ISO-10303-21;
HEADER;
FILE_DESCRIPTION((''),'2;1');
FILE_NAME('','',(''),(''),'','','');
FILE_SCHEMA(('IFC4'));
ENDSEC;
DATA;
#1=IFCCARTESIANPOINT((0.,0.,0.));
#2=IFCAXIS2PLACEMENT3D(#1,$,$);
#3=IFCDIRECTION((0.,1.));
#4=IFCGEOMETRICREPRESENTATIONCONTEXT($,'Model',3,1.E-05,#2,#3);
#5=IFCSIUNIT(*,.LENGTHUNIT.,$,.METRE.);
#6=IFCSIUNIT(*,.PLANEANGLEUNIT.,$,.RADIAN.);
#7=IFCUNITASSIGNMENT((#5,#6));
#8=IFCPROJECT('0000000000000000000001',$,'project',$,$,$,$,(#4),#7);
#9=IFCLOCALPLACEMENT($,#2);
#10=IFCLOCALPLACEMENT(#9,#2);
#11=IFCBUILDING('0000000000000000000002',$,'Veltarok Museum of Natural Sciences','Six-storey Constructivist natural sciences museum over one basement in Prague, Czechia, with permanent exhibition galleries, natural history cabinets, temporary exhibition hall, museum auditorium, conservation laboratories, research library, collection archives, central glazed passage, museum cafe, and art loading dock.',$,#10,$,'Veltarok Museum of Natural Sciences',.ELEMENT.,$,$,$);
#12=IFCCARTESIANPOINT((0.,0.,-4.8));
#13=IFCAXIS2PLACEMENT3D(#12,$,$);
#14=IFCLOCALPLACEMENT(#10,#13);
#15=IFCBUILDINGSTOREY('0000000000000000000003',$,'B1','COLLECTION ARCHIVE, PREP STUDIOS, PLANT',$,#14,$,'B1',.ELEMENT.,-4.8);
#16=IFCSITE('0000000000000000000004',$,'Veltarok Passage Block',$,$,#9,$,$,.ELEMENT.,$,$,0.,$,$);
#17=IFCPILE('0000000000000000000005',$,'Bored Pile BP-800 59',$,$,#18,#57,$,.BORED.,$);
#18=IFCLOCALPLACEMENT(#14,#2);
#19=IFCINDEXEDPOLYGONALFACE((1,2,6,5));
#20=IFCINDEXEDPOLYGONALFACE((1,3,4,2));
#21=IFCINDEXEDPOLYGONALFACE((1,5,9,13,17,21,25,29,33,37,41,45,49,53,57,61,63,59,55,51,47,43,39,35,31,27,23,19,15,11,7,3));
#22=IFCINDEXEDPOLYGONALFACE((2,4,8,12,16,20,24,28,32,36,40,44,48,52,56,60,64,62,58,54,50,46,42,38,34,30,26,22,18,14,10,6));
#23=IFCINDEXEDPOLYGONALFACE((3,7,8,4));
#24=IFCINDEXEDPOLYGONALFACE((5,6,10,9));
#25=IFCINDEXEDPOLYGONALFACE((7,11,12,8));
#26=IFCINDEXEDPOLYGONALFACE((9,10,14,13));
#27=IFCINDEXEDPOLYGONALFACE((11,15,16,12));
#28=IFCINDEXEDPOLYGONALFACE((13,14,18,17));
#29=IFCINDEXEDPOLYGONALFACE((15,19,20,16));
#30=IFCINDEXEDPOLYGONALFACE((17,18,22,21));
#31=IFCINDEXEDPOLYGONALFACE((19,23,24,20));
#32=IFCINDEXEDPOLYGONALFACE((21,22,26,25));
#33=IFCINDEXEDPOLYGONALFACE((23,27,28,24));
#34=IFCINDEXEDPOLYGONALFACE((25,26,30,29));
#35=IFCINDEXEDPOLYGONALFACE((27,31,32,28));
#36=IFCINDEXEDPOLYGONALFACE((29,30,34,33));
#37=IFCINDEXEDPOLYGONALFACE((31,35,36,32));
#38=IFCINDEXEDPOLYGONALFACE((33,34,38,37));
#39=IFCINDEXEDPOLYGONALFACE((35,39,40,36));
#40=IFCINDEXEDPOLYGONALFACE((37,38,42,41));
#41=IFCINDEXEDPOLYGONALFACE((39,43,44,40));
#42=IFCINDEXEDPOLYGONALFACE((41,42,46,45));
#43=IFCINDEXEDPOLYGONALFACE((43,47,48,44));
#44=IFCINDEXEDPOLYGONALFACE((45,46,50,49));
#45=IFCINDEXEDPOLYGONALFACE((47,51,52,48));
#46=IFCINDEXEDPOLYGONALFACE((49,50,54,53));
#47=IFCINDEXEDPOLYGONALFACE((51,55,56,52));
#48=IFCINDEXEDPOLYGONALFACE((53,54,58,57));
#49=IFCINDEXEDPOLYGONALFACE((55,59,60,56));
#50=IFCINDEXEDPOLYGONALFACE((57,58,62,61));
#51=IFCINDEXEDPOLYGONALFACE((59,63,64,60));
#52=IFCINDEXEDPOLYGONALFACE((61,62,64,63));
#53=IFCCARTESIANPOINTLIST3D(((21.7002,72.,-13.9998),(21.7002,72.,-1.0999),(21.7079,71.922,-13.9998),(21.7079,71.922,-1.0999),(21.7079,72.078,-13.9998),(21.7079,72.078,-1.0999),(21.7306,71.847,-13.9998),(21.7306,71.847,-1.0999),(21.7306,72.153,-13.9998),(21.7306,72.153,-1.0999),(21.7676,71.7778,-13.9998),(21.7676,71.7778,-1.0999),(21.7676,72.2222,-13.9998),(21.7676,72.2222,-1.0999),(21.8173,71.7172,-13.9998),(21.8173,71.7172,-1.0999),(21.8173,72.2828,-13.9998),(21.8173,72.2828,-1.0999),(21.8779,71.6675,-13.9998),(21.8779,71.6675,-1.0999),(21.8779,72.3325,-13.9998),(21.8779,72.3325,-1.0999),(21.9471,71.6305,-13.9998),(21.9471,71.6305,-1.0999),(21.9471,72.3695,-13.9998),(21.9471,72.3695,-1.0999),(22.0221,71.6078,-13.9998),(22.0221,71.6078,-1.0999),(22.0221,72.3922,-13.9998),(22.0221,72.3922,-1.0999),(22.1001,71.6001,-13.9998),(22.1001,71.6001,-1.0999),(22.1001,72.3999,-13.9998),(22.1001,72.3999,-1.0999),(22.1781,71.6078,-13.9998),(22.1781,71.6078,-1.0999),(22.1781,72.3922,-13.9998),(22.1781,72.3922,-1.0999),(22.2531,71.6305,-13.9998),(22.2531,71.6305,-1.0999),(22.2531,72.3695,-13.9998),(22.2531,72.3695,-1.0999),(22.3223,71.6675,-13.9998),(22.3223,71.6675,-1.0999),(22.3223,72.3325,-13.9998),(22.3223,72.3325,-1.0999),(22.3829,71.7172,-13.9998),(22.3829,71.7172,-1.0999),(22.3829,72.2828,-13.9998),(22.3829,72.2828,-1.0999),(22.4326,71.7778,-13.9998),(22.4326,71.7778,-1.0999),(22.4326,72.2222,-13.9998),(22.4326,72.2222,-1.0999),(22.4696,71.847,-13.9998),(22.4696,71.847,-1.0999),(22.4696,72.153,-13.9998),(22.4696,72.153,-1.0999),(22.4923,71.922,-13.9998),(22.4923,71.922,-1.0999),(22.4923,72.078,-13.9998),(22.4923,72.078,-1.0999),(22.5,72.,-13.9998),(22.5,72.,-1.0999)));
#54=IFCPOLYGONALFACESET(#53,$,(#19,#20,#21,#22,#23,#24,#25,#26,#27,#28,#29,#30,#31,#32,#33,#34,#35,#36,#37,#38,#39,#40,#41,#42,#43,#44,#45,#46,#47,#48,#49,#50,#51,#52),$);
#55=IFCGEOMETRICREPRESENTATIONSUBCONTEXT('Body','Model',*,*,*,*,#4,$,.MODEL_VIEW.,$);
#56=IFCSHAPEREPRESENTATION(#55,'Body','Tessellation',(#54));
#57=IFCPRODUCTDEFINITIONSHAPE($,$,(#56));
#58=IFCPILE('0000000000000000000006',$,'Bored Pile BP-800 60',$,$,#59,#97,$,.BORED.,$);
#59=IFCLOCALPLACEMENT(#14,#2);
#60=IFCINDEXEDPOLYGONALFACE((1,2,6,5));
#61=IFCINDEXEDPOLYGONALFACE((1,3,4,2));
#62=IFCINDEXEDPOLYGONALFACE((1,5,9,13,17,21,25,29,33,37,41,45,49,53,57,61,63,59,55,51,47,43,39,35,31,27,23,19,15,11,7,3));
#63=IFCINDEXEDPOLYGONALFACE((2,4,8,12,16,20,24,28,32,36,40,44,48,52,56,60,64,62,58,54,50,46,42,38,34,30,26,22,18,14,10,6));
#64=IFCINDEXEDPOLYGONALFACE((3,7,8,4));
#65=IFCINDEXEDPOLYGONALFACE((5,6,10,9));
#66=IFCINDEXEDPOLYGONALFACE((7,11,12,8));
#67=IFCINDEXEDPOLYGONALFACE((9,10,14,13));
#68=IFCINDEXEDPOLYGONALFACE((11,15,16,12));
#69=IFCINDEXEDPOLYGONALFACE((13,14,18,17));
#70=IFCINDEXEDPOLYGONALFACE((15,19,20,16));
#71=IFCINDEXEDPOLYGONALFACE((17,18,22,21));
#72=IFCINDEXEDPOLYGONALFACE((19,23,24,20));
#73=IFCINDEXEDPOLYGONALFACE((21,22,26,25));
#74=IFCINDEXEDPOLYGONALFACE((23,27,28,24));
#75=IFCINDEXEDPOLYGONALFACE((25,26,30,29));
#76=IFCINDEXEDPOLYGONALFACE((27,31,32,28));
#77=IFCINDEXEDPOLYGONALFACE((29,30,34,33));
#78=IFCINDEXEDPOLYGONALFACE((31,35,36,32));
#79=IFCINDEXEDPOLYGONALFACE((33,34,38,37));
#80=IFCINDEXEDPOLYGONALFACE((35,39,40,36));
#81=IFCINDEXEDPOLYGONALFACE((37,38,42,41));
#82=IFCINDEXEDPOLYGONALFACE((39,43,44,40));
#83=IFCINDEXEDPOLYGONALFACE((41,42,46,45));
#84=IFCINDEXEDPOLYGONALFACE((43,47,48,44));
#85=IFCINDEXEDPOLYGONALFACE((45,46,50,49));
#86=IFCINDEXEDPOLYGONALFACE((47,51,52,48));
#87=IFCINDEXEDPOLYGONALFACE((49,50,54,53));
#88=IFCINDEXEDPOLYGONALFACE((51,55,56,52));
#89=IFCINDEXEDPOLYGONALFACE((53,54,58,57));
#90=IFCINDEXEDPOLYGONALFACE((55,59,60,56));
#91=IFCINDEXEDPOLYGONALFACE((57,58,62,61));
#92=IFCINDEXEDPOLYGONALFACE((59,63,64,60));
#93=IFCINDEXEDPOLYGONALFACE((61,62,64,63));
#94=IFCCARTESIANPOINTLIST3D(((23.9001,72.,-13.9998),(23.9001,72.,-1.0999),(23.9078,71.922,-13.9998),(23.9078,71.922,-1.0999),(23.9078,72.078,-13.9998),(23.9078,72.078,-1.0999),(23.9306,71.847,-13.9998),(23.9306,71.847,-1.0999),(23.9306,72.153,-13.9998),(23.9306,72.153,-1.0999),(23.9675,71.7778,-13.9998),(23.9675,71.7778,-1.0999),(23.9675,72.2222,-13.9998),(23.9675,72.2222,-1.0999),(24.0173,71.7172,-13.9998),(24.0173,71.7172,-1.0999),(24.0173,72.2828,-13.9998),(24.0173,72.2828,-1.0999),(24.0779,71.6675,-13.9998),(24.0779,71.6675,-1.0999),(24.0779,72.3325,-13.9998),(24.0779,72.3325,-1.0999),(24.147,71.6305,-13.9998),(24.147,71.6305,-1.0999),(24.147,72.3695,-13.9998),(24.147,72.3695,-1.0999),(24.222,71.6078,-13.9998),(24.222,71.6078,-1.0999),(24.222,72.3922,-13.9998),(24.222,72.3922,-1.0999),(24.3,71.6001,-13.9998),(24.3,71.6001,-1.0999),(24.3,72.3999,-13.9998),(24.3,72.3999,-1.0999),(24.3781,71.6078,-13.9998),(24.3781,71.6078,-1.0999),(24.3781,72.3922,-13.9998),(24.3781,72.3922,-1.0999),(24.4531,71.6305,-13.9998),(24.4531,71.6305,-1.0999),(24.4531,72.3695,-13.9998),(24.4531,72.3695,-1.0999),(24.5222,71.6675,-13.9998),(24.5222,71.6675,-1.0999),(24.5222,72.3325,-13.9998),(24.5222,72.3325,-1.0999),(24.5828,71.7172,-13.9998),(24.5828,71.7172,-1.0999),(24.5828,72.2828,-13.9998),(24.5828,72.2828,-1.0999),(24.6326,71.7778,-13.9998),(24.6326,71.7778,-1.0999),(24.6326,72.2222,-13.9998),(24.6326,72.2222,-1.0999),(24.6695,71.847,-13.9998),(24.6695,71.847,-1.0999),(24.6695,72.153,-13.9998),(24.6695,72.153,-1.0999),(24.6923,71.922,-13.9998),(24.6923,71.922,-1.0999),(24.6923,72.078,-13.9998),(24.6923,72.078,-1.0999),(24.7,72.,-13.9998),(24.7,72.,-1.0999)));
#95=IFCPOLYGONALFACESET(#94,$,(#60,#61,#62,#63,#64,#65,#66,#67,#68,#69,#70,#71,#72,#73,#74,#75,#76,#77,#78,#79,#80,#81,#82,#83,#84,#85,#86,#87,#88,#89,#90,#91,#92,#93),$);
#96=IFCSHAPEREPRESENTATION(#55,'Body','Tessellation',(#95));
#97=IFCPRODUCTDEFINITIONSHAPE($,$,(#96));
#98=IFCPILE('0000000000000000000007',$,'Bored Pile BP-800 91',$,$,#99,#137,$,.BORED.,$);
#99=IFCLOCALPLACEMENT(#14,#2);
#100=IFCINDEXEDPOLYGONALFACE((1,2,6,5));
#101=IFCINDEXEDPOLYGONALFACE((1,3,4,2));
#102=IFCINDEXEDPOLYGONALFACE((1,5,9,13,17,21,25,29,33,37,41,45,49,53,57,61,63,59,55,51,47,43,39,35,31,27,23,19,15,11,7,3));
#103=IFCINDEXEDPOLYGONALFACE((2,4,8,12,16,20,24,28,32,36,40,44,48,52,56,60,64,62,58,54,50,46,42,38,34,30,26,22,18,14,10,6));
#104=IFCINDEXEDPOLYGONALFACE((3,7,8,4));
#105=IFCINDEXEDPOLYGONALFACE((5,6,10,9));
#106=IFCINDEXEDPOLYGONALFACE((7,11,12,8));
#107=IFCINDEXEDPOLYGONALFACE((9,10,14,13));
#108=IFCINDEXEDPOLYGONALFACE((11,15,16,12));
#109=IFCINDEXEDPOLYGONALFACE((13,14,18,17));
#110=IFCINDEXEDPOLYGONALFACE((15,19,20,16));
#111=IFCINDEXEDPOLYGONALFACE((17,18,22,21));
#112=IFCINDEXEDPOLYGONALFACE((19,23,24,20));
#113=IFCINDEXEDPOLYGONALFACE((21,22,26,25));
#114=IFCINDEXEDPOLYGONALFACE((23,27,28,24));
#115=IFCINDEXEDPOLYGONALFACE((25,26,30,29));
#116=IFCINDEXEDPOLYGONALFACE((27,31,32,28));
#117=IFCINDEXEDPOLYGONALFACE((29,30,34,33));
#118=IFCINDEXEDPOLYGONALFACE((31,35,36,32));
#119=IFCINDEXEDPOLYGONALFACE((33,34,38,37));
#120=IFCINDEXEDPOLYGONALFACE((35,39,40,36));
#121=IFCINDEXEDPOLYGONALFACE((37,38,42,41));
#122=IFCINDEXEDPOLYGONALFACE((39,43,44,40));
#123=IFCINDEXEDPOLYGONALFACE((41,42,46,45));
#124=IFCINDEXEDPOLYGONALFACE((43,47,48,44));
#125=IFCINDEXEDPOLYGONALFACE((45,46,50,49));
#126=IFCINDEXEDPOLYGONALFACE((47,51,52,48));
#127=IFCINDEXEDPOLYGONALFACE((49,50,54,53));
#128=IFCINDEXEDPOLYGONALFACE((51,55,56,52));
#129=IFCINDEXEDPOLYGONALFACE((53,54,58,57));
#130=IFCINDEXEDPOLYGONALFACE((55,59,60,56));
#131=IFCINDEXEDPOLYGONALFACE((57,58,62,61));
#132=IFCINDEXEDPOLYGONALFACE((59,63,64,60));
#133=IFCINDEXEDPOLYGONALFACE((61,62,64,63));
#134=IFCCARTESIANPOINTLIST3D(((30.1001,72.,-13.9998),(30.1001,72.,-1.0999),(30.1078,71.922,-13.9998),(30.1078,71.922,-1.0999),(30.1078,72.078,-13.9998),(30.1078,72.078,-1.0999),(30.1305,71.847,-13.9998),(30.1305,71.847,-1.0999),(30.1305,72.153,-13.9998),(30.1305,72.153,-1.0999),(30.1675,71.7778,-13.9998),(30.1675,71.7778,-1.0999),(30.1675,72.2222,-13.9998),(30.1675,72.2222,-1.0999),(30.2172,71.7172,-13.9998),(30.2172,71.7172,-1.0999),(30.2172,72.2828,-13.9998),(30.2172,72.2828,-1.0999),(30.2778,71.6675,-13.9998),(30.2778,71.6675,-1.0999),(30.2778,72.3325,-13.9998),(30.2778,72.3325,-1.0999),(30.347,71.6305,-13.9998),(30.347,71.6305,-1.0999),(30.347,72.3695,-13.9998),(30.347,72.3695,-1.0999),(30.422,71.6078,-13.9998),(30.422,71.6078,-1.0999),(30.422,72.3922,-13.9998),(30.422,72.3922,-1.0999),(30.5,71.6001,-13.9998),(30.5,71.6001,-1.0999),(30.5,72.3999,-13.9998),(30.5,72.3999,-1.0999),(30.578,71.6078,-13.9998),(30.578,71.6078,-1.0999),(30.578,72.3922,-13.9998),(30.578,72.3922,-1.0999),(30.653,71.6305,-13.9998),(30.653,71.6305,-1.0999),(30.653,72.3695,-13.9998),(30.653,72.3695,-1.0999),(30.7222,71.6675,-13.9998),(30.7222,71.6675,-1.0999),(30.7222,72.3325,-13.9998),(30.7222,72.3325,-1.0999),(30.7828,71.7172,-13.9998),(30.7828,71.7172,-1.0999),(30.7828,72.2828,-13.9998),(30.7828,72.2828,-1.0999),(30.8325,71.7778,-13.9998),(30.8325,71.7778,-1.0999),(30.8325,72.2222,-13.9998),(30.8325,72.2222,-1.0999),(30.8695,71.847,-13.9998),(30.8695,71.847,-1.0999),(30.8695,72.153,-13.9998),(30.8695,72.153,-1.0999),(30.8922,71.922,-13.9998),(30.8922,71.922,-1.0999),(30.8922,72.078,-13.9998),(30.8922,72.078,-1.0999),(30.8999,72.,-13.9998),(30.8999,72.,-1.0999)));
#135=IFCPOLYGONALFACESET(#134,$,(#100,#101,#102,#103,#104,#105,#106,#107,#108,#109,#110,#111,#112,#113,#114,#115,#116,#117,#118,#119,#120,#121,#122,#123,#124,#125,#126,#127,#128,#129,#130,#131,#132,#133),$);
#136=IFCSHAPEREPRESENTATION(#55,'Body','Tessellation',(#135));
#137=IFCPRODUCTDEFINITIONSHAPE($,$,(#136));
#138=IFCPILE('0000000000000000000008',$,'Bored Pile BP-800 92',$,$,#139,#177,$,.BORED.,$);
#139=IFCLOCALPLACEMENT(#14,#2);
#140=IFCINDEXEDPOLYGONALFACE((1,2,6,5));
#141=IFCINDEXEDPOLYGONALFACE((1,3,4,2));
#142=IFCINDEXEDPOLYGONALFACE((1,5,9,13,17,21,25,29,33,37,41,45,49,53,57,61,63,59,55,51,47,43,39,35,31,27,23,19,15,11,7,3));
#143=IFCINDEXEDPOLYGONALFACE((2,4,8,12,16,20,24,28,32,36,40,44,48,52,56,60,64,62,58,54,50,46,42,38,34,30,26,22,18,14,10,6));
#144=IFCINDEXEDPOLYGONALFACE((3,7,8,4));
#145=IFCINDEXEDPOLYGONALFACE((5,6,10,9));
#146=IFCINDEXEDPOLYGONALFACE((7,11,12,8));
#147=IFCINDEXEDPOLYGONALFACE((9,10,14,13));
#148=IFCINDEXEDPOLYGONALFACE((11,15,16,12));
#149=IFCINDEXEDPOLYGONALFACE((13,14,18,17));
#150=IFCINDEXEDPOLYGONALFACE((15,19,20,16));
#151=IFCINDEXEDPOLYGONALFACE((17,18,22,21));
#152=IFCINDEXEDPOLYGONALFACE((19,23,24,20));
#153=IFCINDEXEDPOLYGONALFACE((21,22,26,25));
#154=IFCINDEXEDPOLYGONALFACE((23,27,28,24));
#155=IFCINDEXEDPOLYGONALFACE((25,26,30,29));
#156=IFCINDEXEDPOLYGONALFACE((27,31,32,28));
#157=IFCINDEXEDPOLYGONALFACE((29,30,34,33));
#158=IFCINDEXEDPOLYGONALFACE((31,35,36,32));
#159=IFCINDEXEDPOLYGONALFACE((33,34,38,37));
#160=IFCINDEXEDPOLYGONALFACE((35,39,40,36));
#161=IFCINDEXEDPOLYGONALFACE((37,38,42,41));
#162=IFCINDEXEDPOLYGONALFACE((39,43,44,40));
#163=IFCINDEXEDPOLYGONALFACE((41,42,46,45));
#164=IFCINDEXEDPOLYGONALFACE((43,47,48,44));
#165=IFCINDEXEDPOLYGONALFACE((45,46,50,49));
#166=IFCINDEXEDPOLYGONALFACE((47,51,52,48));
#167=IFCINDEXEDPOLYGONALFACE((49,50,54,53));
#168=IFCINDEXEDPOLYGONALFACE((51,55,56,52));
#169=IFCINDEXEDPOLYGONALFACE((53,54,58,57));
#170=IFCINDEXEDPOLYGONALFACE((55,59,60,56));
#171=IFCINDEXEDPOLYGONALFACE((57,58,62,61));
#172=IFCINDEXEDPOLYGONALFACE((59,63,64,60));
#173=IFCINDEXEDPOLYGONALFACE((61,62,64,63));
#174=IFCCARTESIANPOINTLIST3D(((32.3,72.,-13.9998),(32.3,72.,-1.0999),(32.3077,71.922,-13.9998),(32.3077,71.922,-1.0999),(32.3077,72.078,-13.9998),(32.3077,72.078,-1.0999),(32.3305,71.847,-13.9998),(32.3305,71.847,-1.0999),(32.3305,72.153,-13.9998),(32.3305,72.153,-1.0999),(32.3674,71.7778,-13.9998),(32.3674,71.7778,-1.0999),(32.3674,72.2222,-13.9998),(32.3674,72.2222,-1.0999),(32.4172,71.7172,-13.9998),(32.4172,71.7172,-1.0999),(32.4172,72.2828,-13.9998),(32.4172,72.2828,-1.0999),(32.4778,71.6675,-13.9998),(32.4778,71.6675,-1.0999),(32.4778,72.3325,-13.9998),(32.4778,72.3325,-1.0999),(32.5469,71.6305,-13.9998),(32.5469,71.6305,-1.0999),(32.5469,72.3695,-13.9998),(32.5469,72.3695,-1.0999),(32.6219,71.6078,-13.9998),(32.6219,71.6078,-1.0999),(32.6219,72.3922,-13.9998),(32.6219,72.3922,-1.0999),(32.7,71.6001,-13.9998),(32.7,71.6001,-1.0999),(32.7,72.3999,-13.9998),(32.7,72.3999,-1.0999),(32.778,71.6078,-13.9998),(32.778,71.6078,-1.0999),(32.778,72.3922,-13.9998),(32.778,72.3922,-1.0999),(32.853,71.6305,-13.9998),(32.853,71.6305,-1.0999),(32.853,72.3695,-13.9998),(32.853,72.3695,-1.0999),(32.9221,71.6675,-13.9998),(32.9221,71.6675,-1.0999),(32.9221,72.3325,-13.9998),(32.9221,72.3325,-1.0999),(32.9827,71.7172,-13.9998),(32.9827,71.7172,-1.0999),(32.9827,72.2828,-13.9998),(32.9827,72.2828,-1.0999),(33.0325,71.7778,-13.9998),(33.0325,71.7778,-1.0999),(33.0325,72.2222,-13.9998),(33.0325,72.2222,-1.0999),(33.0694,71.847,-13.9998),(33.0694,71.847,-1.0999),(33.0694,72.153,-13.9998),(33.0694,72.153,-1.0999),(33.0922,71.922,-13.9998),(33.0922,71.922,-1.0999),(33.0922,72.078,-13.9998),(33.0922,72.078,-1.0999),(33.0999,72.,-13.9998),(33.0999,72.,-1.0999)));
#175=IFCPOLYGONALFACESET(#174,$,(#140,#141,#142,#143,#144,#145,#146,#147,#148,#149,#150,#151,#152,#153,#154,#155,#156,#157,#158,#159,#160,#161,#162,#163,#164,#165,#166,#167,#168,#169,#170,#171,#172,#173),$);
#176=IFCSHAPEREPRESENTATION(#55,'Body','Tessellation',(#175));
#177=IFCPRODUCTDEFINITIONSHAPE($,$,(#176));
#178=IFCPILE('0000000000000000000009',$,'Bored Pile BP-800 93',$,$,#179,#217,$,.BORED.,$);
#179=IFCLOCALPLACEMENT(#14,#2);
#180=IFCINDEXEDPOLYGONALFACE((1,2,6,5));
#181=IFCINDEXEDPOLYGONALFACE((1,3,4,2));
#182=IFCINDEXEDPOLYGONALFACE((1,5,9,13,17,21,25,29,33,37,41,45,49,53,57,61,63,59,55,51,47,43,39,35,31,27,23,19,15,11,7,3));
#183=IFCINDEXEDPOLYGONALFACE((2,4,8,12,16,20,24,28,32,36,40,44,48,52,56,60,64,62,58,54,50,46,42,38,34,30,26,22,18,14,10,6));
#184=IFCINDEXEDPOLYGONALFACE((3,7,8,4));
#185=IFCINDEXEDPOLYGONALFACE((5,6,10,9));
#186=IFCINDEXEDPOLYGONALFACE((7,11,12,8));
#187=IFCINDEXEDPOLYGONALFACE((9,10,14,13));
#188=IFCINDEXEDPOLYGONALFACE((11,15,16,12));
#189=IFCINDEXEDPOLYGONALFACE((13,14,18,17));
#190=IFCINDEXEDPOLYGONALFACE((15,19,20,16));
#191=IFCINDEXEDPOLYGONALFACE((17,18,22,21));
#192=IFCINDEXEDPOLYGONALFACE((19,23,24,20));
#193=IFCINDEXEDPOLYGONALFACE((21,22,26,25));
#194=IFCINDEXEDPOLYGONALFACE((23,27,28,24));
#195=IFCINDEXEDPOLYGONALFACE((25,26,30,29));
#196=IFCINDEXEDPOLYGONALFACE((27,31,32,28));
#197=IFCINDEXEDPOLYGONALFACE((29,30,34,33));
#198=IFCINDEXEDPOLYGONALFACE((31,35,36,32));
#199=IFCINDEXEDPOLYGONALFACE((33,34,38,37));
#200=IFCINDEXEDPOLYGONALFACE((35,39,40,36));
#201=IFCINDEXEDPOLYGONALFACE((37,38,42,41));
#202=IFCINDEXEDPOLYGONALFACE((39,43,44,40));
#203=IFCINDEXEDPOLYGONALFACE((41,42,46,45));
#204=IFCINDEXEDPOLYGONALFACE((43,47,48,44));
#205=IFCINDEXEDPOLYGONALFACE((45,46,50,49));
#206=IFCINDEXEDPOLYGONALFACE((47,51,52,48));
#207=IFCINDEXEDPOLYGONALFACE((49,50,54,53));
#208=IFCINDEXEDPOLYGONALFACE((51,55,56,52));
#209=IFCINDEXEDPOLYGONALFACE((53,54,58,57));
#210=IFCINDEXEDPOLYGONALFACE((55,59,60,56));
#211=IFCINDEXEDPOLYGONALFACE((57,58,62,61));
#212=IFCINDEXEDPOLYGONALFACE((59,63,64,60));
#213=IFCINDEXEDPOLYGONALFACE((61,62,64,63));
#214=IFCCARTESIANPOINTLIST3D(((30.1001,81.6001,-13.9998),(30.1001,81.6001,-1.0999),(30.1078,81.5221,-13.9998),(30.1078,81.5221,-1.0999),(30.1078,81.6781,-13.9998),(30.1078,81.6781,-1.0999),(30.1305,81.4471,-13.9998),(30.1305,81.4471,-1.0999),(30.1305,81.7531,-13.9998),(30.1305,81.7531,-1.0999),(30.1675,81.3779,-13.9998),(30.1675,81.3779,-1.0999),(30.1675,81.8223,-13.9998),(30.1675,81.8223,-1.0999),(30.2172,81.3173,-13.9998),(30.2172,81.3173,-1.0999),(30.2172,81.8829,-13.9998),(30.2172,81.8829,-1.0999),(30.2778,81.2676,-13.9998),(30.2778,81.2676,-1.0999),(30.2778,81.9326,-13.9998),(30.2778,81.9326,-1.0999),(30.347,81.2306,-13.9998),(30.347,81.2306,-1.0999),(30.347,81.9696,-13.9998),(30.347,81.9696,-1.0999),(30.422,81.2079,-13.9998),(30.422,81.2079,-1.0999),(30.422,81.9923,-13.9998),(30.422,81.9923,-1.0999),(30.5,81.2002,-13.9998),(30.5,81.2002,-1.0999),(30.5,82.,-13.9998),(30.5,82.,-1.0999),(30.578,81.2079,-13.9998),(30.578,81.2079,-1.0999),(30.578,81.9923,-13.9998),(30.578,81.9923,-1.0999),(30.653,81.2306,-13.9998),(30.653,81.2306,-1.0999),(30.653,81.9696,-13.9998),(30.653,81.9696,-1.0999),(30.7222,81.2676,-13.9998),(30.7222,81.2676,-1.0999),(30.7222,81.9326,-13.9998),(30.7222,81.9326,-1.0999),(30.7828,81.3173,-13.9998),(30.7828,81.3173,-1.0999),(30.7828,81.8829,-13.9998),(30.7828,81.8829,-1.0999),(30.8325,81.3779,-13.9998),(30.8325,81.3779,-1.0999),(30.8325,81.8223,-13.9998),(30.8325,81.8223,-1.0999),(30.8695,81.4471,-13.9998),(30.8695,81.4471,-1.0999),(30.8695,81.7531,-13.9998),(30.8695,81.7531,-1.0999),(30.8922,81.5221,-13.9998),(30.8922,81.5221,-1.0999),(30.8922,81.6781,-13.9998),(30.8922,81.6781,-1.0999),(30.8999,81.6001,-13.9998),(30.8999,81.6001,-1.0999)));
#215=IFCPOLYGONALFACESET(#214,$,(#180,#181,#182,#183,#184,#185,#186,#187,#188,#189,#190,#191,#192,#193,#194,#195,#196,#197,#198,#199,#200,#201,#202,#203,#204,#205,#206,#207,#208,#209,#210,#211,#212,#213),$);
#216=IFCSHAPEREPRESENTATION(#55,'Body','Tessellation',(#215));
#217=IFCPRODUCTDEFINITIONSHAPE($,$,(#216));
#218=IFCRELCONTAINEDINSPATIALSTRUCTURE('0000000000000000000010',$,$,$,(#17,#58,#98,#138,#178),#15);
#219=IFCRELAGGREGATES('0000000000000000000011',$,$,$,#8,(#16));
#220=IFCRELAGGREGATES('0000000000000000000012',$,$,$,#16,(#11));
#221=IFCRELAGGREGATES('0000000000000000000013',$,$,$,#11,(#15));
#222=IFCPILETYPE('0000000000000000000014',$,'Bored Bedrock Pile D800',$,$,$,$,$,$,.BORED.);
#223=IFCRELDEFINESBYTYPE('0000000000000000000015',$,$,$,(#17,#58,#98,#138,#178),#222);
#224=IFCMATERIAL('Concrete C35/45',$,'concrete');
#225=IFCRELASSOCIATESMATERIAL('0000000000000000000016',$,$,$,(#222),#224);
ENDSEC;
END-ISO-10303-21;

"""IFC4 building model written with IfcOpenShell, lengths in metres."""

from ifc_helpers import new_model, si_unit, direction, frame, origin, origin_2d, place, context, subcontext, project, spatial, circle, extrude, material, material_profile, profile_set, type_object, element, save


model = new_model("IFC4")

# Units and contexts
model_context = context("Model", 3, precision=1e-05, world=origin(), true_north=direction((0.0, 1.0)))
body_context = subcontext(model_context, "Body", "Model", "MODEL_VIEW")
ifc_project = project(units=[si_unit("LENGTHUNIT", "METRE"), si_unit("PLANEANGLEUNIT", "RADIAN")], contexts=[model_context])

# Site, building, storey
site_placement = place(None, origin())
site = spatial("IfcSite", under=ifc_project, at=site_placement, Name="Veltarok Passage Block", CompositionType="ELEMENT", RefElevation=0.0)
building_placement = place(site_placement, origin())
building = spatial("IfcBuilding", under=site, at=building_placement, Name="Veltarok Museum of Natural Sciences", Description="Six-storey Constructivist natural sciences museum over one basement in Prague, Czechia, with permanent exhibition galleries, natural history cabinets, temporary exhibition hall, museum auditorium, conservation laboratories, research library, collection archives, central glazed passage, museum cafe, and art loading dock.", LongName="Veltarok Museum of Natural Sciences", CompositionType="ELEMENT")
storey_placement = place(building_placement, frame((0.0, 0.0, -4.8)))
storey = spatial("IfcBuildingStorey", under=building, at=storey_placement, Name="B1", Description="COLLECTION ARCHIVE, PREP STUDIOS, PLANT", LongName="B1", CompositionType="ELEMENT", Elevation=-4.8)

# Piles
ifc_material_1 = material(Name="Concrete C35/45", Category="concrete")
ifc_material_profile_1 = material_profile(ifc_material_1, circle(Radius=0.3999, at=origin_2d()), Name="BP D800")
ifc_profile_set_1 = profile_set([ifc_material_profile_1], Name="Concrete C35/45")
pile_type_1 = type_object("IfcPileType", Name="Bored Bedrock Pile D800", PredefinedType="BORED", material=ifc_profile_set_1)
for number, where, z_axis, x_axis, name in (
    (1, (22.1001, 72.0, -1.0999), (0.0, 0.0, -1.0), (1.0, 0.0, 0.0), "Bored Pile BP-800 59"),
    (2, (24.3, 72.0, -1.0999), (0.0, 0.0, -1.0), (1.0, 0.0, 0.0), "Bored Pile BP-800 60"),
    (3, (30.5, 72.0, -1.0999), (0.0, 0.0, -1.0), (1.0, 0.0, 0.0), "Bored Pile BP-800 91"),
    (4, (32.7, 72.0, -1.0999), (0.0, 0.0, -1.0), (1.0, 0.0, 0.0), "Bored Pile BP-800 92"),
    (5, (30.5, 81.6001, -1.0999), (0.0, 0.0, -1.0), (1.0, 0.0, 0.0), "Bored Pile BP-800 93"),
):
    element("IfcPile", number, at=place(storey_placement, frame(where, z_axis=z_axis, x_axis=x_axis)), inside=storey, type_object=pile_type_1, Name=name, PredefinedType="BORED", context=body_context, shape_type="SweptSolid", body=[
        extrude(circle(Radius=0.3999, at=origin_2d()), origin(), (0.0, 0.0, 1.0), 12.8999),
    ])

save(model, "model.ifc")
